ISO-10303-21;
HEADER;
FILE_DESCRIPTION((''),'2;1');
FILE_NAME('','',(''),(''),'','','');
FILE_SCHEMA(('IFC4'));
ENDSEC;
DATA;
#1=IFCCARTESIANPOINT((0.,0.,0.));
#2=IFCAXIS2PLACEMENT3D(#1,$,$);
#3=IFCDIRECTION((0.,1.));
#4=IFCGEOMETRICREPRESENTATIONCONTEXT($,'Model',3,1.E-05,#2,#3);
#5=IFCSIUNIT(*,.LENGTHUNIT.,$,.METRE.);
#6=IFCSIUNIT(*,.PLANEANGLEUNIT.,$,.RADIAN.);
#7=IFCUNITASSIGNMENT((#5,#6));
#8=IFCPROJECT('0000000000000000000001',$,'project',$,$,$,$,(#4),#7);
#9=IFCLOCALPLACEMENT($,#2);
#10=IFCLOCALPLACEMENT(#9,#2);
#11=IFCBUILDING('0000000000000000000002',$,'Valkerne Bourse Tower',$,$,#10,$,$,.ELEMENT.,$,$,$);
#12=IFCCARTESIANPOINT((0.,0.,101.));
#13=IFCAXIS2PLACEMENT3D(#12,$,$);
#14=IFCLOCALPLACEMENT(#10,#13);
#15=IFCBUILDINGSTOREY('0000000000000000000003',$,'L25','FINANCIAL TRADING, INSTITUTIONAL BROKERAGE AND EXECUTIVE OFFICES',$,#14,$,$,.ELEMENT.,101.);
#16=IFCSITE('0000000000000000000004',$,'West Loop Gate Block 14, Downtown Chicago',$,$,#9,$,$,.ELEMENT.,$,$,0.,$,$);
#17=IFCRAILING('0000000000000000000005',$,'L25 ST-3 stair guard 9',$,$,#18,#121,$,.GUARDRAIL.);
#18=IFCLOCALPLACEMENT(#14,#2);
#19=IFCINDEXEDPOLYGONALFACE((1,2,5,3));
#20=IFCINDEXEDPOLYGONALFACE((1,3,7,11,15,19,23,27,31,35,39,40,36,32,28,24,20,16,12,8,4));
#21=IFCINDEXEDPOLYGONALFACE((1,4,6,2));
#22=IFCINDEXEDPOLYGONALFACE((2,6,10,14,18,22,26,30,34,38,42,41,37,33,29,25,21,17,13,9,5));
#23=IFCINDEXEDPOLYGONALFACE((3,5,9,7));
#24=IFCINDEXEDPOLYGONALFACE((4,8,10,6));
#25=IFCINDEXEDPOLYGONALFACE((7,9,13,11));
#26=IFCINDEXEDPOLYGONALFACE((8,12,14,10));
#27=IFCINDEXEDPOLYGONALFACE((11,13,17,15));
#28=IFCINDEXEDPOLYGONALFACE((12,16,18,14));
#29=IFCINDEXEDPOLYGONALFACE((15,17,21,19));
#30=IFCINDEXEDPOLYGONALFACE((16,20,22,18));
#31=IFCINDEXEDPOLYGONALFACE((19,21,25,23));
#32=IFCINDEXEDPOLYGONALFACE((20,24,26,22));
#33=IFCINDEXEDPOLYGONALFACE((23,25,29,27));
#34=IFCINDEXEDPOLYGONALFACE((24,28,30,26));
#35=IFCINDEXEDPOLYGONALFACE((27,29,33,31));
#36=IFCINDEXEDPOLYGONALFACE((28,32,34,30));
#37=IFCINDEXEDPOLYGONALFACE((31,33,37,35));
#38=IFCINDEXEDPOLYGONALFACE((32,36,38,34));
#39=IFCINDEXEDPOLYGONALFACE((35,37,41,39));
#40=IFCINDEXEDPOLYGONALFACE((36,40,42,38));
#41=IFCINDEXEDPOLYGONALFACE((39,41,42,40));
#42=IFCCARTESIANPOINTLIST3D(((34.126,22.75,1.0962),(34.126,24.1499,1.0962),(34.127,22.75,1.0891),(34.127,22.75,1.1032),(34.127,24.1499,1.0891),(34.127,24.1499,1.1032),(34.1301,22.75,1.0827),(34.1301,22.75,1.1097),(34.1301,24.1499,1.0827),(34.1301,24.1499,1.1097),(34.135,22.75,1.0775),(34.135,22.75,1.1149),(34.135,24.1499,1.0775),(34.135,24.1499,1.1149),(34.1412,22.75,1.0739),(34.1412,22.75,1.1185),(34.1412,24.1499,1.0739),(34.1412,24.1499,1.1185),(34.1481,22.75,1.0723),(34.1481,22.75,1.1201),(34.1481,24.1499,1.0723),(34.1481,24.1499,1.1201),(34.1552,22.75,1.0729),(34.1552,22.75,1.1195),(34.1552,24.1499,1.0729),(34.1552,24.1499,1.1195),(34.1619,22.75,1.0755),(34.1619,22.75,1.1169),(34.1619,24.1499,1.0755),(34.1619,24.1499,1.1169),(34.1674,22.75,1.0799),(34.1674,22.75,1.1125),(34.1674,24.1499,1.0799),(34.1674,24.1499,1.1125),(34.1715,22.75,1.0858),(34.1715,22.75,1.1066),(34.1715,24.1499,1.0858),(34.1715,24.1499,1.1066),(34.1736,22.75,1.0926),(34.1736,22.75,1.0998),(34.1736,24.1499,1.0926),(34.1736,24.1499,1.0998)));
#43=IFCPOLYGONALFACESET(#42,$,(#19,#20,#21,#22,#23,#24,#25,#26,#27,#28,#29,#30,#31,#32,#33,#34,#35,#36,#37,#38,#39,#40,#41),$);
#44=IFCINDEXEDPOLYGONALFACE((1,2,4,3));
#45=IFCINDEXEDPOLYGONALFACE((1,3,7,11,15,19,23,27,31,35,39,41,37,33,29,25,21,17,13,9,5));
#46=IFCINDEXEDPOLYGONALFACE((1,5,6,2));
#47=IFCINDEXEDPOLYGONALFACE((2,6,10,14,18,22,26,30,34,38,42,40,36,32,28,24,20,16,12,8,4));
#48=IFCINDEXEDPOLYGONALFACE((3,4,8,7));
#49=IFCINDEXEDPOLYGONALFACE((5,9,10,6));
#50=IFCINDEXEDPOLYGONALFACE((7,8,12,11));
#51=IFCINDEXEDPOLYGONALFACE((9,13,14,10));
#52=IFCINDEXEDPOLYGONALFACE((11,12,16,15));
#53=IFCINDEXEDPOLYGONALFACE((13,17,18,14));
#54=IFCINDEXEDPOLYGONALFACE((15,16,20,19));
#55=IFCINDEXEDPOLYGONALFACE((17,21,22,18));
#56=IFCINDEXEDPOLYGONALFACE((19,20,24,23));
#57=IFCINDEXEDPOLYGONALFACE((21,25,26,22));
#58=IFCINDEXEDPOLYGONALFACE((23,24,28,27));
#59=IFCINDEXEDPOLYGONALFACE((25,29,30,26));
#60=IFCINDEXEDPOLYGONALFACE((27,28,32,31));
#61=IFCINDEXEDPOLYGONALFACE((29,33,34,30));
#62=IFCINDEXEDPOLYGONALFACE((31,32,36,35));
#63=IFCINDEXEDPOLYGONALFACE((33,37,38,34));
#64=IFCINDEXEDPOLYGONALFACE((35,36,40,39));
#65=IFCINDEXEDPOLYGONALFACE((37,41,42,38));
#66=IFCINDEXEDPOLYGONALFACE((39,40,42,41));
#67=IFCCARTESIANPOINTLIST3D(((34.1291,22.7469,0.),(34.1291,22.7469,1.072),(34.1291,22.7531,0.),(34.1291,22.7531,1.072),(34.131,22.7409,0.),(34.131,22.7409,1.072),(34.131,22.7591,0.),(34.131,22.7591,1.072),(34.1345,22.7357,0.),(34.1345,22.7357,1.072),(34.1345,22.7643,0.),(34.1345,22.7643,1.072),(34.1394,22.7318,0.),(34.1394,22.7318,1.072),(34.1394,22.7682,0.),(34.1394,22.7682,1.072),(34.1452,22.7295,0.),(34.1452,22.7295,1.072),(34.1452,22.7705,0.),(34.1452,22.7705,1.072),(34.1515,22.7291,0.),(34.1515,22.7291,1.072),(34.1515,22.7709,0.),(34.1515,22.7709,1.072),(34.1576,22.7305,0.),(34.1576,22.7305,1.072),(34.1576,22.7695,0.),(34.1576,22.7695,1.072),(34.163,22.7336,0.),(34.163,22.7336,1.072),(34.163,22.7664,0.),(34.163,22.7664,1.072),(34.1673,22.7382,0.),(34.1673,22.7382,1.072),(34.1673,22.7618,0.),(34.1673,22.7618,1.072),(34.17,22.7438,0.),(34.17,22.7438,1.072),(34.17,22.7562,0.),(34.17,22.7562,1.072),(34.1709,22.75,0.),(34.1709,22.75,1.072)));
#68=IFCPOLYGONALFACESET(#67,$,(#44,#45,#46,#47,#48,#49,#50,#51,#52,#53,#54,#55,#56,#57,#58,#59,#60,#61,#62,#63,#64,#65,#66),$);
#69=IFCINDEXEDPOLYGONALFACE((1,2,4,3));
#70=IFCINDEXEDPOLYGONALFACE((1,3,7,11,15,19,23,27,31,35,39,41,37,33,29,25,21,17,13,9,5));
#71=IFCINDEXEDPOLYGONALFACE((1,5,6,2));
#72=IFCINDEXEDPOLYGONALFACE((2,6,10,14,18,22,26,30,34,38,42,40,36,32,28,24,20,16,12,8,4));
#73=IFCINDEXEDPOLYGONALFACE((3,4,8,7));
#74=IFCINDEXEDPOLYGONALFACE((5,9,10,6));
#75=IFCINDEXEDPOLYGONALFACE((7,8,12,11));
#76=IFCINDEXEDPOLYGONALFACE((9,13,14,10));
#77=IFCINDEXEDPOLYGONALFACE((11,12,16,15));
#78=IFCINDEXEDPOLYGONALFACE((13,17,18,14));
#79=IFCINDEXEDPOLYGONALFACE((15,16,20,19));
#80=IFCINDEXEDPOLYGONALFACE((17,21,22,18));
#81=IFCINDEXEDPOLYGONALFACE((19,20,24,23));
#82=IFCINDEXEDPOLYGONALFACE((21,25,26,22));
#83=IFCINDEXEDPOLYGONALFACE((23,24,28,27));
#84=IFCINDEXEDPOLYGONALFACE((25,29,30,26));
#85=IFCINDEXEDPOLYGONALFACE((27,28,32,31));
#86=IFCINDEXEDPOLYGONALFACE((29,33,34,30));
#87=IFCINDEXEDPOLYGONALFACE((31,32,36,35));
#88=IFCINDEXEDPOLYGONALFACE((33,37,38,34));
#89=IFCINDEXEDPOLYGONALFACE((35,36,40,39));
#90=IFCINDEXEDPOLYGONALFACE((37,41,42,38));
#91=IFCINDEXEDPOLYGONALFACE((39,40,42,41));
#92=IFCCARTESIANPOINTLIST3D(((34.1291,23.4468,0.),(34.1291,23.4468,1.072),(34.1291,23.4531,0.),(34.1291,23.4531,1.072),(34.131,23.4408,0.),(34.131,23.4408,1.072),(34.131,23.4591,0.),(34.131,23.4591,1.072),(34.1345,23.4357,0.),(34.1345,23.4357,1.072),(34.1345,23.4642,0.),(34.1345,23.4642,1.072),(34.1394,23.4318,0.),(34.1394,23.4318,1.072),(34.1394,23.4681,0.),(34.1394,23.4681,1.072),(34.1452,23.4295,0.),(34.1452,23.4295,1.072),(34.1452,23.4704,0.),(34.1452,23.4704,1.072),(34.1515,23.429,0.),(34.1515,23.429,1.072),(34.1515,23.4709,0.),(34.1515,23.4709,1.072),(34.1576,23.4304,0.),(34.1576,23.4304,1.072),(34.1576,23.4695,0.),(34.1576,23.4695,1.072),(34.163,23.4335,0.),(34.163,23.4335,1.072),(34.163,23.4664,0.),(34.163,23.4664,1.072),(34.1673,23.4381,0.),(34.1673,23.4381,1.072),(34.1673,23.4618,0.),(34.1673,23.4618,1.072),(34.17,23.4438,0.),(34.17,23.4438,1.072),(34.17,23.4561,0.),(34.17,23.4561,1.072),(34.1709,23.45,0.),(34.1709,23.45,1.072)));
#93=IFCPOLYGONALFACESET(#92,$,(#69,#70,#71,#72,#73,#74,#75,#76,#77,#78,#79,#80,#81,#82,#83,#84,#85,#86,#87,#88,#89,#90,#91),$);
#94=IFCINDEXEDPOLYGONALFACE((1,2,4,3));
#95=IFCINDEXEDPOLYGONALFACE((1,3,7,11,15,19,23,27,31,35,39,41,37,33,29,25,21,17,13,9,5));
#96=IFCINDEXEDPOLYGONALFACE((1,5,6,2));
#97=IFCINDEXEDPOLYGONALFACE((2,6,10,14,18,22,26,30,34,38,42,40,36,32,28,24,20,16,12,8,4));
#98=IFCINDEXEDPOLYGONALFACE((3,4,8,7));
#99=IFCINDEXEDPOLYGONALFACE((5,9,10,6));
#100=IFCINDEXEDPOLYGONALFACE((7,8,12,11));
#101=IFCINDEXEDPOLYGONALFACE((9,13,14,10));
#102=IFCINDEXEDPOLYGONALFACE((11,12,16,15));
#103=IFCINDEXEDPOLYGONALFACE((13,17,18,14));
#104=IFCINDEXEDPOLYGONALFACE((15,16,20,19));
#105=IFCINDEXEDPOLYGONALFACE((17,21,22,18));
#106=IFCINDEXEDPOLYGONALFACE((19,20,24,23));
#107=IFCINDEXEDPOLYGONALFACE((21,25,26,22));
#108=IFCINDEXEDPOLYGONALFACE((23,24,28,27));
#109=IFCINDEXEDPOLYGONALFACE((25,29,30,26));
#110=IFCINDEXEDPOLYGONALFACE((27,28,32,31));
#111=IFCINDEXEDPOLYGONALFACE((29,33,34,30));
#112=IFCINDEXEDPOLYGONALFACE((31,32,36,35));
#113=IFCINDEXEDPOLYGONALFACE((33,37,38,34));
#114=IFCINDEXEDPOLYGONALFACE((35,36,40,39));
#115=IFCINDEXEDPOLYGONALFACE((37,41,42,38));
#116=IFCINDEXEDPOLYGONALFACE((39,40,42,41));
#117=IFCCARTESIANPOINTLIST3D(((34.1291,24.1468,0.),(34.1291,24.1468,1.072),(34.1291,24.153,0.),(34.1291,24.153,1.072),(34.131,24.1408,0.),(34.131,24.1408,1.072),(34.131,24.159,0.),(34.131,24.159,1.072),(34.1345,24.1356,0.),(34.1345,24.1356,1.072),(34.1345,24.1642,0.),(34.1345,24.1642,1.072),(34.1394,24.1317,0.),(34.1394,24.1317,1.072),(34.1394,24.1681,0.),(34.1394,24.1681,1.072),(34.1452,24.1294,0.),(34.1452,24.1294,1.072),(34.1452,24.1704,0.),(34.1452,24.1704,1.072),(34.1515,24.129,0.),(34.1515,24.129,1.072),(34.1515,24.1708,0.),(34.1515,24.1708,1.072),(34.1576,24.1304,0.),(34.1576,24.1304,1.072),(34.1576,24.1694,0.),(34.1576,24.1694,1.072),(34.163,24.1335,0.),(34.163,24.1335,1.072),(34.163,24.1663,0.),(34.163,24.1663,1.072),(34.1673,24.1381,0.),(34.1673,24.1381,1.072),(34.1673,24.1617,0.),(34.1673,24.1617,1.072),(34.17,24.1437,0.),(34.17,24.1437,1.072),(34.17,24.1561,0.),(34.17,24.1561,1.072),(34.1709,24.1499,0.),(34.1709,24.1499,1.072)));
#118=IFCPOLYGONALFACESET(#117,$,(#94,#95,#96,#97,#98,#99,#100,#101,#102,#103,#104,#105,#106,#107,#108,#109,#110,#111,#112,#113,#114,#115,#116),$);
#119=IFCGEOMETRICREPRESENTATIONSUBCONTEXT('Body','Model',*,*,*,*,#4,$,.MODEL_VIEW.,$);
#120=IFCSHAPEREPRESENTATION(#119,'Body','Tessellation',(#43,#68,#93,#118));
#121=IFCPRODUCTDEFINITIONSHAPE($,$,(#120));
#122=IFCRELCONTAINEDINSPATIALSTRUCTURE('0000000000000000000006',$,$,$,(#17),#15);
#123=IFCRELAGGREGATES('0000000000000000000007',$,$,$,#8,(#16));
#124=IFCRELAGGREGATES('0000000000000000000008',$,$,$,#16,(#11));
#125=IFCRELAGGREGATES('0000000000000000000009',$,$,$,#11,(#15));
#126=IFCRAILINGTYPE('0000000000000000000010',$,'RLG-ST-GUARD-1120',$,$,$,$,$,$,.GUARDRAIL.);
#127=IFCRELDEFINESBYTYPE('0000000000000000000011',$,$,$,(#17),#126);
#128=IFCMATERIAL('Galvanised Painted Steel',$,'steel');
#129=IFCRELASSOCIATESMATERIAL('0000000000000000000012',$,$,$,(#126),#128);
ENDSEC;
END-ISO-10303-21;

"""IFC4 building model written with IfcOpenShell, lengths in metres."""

from ifc_helpers import new_model, si_unit, direction, frame, origin, origin_2d, place, context, subcontext, project, spatial, circle, extrude, material, type_object, element, save


model = new_model("IFC4")

# Units and contexts
model_context = context("Model", 3, precision=1e-05, world=origin(), true_north=direction((0.0, 1.0)))
body_context = subcontext(model_context, "Body", "Model", "MODEL_VIEW")
ifc_project = project(units=[si_unit("LENGTHUNIT", "METRE"), si_unit("PLANEANGLEUNIT", "RADIAN")], contexts=[model_context])

# Site, building, storey
site_placement = place(None, origin())
site = spatial("IfcSite", under=ifc_project, at=site_placement, Name="West Loop Gate Block 14, Downtown Chicago", CompositionType="ELEMENT", RefElevation=0.0)
building_placement = place(site_placement, origin())
building = spatial("IfcBuilding", under=site, at=building_placement, Name="Valkerne Bourse Tower", CompositionType="ELEMENT")
storey_placement = place(building_placement, frame((0.0, 0.0, 101.0)))
storey = spatial("IfcBuildingStorey", under=building, at=storey_placement, Name="L25", Description="FINANCIAL TRADING, INSTITUTIONAL BROKERAGE AND EXECUTIVE OFFICES", CompositionType="ELEMENT", Elevation=101.0)

# Shared definitions
ifc_material_1 = material(Name="Galvanised Painted Steel", Category="steel")

# Railing
railing_type_1 = type_object("IfcRailingType", Name="RLG-ST-GUARD-1120", PredefinedType="GUARDRAIL", material=ifc_material_1)
for number, where, name in (
    (1, (34.1499, 22.75, 0.0), "L25 ST-3 stair guard 9"),
):
    element("IfcRailing", number, at=place(storey_placement, frame(where)), inside=storey, type_object=railing_type_1, Name=name, PredefinedType="GUARDRAIL", context=body_context, shape_type="SweptSolid", body=[
        extrude(circle(Radius=0.0239, at=origin_2d()), frame((0.0, 0.0, 1.0962), z_axis=(0.0, 1.0, 0.0), x_axis=(-1.0, 0.0, 0.0)), (0.0, 0.0, 1.0), 1.3999),
        extrude(circle(Radius=0.021, at=origin_2d()), origin(), (0.0, 0.0, 1.0), 1.072),
        extrude(circle(Radius=0.021, at=origin_2d()), frame((0.0, 0.7, 0.0)), (0.0, 0.0, 1.0), 1.072),
        extrude(circle(Radius=0.021, at=origin_2d()), frame((0.0, 1.3999, 0.0)), (0.0, 0.0, 1.0), 1.072),
    ])

save(model, "model.ifc")
